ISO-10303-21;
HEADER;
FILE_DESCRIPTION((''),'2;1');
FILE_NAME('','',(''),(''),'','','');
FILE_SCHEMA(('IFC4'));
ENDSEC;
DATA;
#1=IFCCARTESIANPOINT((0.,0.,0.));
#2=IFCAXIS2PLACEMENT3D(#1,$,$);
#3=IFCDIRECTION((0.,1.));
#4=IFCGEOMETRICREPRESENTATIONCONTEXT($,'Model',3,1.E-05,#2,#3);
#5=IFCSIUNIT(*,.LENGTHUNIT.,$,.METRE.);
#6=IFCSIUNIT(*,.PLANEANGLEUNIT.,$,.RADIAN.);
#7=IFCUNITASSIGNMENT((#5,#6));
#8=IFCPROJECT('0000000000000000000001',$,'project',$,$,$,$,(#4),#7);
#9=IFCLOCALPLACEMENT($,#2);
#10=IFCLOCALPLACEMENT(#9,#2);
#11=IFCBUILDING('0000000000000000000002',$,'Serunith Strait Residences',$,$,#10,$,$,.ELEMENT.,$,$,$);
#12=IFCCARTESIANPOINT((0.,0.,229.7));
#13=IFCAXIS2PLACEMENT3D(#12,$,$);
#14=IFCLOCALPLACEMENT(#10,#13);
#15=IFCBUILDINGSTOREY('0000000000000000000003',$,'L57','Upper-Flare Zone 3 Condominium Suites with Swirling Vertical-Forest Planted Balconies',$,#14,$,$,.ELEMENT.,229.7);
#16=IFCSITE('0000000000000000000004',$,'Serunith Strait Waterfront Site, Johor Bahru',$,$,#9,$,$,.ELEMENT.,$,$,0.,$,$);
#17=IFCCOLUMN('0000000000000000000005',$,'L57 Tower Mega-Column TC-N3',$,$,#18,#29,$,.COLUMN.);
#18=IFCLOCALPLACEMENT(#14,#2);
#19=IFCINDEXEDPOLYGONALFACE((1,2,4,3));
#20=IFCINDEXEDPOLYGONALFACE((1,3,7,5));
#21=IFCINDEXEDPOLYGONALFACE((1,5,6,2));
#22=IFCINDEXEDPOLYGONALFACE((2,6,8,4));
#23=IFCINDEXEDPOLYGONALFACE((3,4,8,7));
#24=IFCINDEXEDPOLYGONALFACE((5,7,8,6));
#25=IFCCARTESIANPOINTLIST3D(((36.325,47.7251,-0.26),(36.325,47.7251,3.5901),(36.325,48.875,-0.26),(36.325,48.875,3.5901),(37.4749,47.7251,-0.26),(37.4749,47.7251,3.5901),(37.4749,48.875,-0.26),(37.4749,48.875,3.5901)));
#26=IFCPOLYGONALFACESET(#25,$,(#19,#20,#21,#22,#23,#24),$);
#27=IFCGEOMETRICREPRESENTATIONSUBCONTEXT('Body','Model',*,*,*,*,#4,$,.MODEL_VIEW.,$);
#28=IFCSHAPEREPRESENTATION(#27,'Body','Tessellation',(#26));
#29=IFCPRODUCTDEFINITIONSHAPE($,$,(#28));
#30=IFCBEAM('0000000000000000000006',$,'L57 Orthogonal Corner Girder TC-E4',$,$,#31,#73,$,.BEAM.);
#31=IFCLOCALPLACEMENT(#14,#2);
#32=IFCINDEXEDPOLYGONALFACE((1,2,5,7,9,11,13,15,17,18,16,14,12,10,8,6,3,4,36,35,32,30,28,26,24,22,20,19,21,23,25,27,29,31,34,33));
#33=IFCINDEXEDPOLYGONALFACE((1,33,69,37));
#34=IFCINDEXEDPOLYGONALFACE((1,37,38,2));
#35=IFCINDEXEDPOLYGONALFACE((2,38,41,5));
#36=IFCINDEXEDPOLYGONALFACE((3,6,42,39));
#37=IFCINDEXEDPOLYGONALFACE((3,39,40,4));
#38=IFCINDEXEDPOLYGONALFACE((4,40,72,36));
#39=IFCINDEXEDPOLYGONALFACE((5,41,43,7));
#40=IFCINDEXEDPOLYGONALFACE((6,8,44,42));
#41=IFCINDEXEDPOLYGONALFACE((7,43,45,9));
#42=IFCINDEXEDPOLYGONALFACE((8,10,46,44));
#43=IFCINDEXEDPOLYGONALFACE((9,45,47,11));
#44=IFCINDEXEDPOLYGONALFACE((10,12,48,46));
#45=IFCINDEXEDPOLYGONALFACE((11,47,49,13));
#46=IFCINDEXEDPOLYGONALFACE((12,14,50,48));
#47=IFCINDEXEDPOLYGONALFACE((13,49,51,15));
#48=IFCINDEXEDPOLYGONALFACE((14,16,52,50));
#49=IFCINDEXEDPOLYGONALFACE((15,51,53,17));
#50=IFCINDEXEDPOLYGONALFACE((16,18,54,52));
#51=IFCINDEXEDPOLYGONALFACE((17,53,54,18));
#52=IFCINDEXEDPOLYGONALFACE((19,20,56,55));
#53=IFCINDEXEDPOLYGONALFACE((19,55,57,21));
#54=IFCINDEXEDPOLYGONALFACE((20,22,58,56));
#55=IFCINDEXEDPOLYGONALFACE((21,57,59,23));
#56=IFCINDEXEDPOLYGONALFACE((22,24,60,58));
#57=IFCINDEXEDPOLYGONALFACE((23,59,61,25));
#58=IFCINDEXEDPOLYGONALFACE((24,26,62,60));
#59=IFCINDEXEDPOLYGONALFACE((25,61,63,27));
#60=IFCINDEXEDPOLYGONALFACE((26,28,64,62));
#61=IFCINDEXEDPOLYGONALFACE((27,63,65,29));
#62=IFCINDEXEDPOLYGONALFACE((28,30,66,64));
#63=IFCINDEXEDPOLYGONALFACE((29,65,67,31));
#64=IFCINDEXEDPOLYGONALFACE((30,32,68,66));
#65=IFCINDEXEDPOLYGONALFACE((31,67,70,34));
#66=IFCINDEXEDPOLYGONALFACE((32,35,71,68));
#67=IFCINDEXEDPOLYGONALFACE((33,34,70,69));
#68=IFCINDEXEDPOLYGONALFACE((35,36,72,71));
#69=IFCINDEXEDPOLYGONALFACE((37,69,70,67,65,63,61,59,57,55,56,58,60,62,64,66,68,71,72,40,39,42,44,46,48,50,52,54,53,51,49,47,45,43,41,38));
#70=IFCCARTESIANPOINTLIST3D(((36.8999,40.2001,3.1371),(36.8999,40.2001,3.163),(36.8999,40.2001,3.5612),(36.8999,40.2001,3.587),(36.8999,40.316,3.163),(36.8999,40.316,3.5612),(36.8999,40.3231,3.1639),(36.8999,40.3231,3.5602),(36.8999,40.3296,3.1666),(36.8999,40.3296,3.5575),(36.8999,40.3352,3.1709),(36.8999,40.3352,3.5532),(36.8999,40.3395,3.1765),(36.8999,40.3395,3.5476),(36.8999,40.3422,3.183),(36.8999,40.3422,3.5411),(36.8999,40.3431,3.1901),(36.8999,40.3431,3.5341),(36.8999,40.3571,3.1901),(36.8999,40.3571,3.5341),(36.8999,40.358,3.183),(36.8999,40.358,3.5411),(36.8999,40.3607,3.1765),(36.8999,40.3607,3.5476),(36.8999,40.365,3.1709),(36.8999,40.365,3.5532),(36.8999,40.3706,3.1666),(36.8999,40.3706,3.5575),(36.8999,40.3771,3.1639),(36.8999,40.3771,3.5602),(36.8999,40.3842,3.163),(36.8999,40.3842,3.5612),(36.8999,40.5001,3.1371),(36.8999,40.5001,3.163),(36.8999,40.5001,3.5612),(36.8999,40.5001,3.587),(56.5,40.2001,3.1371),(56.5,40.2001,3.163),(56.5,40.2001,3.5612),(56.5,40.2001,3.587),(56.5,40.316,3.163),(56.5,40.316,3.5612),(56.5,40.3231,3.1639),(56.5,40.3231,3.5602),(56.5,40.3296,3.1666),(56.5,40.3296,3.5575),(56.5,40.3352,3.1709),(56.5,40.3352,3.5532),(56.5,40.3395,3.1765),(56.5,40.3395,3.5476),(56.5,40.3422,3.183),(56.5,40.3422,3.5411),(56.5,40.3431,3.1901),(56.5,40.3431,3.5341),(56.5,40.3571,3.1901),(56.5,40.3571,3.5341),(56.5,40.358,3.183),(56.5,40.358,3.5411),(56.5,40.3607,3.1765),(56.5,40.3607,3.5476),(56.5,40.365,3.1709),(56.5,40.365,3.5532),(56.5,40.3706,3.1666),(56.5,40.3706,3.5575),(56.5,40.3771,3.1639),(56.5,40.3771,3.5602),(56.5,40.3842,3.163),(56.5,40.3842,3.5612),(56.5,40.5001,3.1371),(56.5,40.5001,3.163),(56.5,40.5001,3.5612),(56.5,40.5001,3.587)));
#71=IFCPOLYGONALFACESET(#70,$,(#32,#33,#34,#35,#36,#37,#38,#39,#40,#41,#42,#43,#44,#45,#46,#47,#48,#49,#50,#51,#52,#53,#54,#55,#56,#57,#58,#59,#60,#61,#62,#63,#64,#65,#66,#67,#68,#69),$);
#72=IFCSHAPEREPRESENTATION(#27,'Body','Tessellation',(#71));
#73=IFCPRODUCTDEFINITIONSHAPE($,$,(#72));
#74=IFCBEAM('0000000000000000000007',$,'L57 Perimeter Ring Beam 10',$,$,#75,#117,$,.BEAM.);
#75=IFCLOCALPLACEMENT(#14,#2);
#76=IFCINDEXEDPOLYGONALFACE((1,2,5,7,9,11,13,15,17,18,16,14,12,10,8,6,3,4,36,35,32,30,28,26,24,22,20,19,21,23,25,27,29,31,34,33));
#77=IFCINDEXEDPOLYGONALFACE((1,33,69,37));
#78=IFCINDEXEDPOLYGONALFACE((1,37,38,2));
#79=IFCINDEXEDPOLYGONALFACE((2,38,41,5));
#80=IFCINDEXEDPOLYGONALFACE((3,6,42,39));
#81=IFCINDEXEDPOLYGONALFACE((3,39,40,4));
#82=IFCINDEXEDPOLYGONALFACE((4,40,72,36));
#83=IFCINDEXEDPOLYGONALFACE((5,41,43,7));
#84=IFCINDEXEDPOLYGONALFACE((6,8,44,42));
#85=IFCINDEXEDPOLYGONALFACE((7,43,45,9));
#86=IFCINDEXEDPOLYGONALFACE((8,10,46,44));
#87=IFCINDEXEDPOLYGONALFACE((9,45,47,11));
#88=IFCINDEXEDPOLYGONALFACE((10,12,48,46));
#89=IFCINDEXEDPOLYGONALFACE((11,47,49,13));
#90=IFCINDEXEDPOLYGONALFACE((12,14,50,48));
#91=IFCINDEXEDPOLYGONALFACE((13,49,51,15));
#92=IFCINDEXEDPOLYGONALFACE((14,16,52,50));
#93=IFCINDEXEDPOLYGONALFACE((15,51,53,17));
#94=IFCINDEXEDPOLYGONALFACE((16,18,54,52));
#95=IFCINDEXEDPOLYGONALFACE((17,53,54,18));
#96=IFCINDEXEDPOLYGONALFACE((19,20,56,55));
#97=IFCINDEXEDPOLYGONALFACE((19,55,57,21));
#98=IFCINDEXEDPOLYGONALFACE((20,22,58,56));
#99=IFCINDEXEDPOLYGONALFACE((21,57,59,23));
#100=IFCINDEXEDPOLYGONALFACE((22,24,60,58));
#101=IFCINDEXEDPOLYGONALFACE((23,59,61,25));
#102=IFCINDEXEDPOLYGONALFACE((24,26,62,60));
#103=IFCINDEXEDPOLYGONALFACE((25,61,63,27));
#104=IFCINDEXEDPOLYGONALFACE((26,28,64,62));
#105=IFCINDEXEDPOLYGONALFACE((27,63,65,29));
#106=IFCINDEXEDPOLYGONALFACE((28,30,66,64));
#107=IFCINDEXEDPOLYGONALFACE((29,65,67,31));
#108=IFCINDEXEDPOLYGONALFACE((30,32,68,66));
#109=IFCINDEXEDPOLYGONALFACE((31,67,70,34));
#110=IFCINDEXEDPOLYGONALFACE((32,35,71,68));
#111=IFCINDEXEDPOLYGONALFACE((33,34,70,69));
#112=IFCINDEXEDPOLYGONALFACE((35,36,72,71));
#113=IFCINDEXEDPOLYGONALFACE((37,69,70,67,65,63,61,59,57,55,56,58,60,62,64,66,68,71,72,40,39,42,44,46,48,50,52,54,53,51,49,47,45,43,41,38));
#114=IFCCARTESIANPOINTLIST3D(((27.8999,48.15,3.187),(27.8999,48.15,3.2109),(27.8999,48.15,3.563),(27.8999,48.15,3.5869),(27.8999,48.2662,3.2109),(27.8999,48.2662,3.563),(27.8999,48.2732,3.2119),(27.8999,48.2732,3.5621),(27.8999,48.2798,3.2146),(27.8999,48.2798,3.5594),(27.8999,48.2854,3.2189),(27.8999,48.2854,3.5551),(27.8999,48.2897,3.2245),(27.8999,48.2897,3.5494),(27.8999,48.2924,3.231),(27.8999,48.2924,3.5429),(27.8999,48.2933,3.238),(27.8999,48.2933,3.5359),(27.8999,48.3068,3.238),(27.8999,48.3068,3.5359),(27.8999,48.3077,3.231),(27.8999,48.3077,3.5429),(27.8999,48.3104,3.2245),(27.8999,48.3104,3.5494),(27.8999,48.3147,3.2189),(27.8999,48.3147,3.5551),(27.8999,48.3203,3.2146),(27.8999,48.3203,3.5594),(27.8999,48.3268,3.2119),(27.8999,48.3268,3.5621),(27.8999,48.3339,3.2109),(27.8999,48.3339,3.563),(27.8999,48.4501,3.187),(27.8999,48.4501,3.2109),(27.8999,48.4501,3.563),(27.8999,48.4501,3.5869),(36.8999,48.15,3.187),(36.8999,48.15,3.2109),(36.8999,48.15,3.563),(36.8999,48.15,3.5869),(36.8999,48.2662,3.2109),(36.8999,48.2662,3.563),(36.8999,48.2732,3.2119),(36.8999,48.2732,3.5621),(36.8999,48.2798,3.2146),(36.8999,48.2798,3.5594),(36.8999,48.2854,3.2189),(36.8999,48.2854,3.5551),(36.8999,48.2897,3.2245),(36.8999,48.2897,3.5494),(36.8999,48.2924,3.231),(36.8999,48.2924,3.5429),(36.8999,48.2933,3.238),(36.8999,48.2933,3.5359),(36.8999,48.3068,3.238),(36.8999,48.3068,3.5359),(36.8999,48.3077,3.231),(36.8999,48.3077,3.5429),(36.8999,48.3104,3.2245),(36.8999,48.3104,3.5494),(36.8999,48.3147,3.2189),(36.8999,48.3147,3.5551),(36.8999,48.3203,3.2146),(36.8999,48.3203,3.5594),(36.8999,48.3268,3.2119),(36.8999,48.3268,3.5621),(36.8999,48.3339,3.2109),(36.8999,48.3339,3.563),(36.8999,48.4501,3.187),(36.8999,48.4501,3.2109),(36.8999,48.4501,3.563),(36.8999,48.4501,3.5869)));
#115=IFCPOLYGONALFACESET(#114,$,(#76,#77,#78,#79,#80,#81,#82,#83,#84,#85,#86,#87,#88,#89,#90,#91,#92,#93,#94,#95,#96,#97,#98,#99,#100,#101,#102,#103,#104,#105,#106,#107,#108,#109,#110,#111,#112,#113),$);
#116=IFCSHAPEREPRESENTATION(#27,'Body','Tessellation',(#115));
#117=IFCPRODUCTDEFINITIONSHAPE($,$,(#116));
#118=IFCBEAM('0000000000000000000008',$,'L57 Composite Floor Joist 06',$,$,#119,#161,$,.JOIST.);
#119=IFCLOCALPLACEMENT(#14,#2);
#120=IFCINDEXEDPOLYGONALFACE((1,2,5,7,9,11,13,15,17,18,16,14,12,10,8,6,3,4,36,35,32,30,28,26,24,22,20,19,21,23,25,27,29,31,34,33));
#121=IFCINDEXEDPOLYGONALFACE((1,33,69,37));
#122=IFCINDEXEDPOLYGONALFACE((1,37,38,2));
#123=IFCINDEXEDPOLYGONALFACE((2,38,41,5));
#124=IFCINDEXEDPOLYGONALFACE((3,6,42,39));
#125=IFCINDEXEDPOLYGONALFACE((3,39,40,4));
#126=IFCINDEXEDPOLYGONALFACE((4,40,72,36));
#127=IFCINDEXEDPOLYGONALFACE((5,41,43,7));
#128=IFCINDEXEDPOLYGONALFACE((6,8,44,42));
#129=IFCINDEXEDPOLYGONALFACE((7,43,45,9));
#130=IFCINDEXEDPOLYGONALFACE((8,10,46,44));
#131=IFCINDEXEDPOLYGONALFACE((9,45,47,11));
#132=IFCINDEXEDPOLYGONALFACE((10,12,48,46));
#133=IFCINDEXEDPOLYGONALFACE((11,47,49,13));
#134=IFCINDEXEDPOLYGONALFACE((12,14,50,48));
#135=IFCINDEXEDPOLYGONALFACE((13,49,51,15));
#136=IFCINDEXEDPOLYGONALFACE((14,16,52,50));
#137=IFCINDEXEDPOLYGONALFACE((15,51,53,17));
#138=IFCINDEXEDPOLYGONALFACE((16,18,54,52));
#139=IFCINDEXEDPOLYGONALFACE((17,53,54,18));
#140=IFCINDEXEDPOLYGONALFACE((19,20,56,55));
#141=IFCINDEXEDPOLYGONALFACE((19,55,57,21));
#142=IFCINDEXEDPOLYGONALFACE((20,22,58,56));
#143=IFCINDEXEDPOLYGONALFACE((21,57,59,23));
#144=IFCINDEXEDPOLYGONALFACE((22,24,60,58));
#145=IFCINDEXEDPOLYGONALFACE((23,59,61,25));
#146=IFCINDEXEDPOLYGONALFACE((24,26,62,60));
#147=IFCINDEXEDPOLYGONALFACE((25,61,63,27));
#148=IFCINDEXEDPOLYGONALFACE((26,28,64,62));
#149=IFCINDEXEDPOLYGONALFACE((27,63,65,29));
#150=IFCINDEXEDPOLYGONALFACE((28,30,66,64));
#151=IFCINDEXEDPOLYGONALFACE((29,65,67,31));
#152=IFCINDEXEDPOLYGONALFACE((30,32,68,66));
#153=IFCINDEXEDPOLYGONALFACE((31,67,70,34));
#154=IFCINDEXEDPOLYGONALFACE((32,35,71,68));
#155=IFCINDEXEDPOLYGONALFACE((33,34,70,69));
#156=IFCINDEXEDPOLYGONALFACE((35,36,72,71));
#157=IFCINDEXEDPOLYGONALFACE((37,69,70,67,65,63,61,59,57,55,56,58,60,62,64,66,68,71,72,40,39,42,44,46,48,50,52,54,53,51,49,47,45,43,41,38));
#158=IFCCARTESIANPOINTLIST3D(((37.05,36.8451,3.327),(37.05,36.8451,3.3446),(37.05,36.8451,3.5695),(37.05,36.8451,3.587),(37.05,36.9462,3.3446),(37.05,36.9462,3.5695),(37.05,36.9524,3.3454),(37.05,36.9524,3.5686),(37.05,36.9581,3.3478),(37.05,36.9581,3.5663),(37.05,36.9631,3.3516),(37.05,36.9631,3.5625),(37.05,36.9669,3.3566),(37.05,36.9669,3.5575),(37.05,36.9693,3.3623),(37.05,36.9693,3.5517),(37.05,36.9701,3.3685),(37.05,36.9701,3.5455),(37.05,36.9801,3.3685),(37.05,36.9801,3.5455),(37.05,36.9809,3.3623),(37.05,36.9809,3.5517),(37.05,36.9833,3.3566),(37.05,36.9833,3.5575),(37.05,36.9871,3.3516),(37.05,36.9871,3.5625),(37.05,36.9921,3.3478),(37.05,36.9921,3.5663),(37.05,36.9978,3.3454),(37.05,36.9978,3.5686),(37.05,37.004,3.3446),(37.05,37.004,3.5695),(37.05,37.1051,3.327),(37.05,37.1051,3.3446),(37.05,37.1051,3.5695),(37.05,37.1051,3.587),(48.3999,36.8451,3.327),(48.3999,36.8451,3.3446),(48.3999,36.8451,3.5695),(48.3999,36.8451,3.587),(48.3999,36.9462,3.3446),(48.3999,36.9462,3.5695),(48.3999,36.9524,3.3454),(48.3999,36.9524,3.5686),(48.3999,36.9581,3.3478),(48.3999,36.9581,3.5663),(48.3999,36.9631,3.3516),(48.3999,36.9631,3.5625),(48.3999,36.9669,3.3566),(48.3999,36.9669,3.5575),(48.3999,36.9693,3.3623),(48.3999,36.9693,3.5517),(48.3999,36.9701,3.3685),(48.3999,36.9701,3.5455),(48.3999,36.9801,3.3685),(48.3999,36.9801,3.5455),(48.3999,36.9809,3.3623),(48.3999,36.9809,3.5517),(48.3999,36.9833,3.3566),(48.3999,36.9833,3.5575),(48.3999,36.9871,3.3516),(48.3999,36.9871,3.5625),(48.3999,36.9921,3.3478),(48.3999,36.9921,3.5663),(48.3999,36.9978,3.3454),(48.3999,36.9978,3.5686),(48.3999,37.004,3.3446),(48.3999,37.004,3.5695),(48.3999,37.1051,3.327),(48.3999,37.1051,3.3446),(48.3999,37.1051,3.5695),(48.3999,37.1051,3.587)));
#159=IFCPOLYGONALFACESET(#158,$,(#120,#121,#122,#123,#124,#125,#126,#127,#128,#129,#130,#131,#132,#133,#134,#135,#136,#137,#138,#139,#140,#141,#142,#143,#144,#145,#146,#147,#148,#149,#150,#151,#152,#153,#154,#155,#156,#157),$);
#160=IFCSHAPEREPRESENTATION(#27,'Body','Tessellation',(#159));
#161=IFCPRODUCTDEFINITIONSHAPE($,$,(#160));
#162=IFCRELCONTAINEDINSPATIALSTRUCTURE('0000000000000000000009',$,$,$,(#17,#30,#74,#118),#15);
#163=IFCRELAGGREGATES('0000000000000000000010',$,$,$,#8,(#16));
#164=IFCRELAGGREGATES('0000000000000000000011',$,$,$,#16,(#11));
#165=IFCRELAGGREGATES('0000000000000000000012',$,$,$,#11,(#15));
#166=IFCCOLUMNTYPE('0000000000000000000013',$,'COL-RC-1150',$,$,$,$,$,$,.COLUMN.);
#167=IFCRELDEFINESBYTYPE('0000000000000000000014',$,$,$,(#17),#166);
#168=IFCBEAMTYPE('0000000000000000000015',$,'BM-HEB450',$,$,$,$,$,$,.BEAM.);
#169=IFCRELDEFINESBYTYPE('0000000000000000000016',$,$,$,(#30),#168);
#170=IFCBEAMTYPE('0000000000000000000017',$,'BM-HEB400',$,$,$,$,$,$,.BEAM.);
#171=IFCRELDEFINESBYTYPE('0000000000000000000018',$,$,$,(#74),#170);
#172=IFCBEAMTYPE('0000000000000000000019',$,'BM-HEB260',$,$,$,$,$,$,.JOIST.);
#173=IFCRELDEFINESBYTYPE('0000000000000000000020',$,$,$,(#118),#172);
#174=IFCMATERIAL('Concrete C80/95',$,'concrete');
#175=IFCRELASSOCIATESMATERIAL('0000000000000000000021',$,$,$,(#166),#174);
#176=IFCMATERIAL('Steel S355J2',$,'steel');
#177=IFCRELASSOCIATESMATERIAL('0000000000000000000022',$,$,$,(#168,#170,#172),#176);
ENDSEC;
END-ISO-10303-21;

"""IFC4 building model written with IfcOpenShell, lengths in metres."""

from ifc_helpers import new_model, si_unit, direction, frame, origin, origin_2d, place, context, subcontext, project, spatial, rectangle, i_section, extrude, source, transform, mapped, material, material_profile, profile_set, type_object, element, save


model = new_model("IFC4")

# Units and contexts
model_context = context("Model", 3, precision=1e-05, world=origin(), true_north=direction((0.0, 1.0)))
body_context = subcontext(model_context, "Body", "Model", "MODEL_VIEW")
ifc_project = project(units=[si_unit("LENGTHUNIT", "METRE"), si_unit("PLANEANGLEUNIT", "RADIAN")], contexts=[model_context])

# Site, building, storey
site_placement = place(None, origin())
site = spatial("IfcSite", under=ifc_project, at=site_placement, Name="Serunith Strait Waterfront Site, Johor Bahru", CompositionType="ELEMENT", RefElevation=0.0)
building_placement = place(site_placement, origin())
building = spatial("IfcBuilding", under=site, at=building_placement, Name="Serunith Strait Residences", CompositionType="ELEMENT")
storey_placement = place(building_placement, frame((0.0, 0.0, 229.7)))
storey = spatial("IfcBuildingStorey", under=building, at=storey_placement, Name="L57", Description="Upper-Flare Zone 3 Condominium Suites with Swirling Vertical-Forest Planted Balconies", CompositionType="ELEMENT", Elevation=229.7)

# Column
ifc_material_1 = material(Name="Concrete C80/95", Category="concrete")
ifc_material_profile_1 = material_profile(ifc_material_1, rectangle(XDim=1.1499, YDim=1.1499, at=origin_2d()), Name="RC 1150x1150")
ifc_profile_set_1 = profile_set([ifc_material_profile_1], Name="Concrete C80/95")
column_type = type_object("IfcColumnType", Name="COL-RC-1150", PredefinedType="COLUMN", material=ifc_profile_set_1)
shared_shape_1 = source(origin(), body_context, "Body", "SweptSolid", [
    extrude(rectangle(XDim=1.1499, YDim=1.1499, at=origin_2d()), origin(), (0.0, 0.0, 1.0), 3.8501),
])
column_placement = place(storey_placement, frame((36.8999, 48.3, -0.26), z_axis=(0.0, 0.0, 1.0), x_axis=(1.0, 0.0, 0.0)))
element("IfcColumn", 1, at=column_placement, inside=storey, type_object=column_type, Name="L57 Tower Mega-Column TC-N3", PredefinedType="COLUMN", context=body_context, shape_type="MappedRepresentation", body=[
    mapped(shared_shape_1, transform((0.0, 0.0, 0.0), scale=1.0)),
])

# Beams
ifc_material_2 = material(Name="Steel S355J2", Category="steel")
ifc_material_profile_2 = material_profile(ifc_material_2, i_section(OverallWidth=0.3, OverallDepth=0.45, WebThickness=0.0139, FlangeThickness=0.0259, FilletRadius=0.0271, at=origin_2d()), Name="HEB 450")
ifc_profile_set_2 = profile_set([ifc_material_profile_2], Name="Steel S355J2")
beam_type_1 = type_object("IfcBeamType", Name="BM-HEB450", PredefinedType="BEAM", material=ifc_profile_set_2)
shared_shape_2 = source(origin(), body_context, "Body", "SweptSolid", [
    extrude(i_section(OverallWidth=0.3, OverallDepth=0.45, WebThickness=0.0139, FlangeThickness=0.0259, FilletRadius=0.0271, at=origin_2d()), origin(), (0.0, 0.0, 1.0), 19.6001),
])
beam_1_placement = place(storey_placement, frame((36.8999, 40.3501, 3.3621), z_axis=(1.0, 0.0, 0.0), x_axis=(0.0, 1.0, 0.0)))
element("IfcBeam", 2, at=beam_1_placement, inside=storey, type_object=beam_type_1, Name="L57 Orthogonal Corner Girder TC-E4", PredefinedType="BEAM", context=body_context, shape_type="MappedRepresentation", body=[
    mapped(shared_shape_2, transform((0.0, 0.0, 0.0), scale=1.0)),
])
ifc_material_profile_3 = material_profile(ifc_material_2, i_section(OverallWidth=0.3, OverallDepth=0.3999, WebThickness=0.0134, FlangeThickness=0.0239, FilletRadius=0.0271, at=origin_2d()), Name="HEB 400")
ifc_profile_set_3 = profile_set([ifc_material_profile_3], Name="Steel S355J2")
beam_type_2 = type_object("IfcBeamType", Name="BM-HEB400", PredefinedType="BEAM", material=ifc_profile_set_3)
shared_shape_3 = source(origin(), body_context, "Body", "SweptSolid", [
    extrude(i_section(OverallWidth=0.3, OverallDepth=0.3999, WebThickness=0.0134, FlangeThickness=0.0239, FilletRadius=0.0271, at=origin_2d()), origin(), (0.0, 0.0, 1.0), 9.0),
])
beam_2_placement = place(storey_placement, frame((36.8999, 48.3, 3.387), z_axis=(-1.0, 0.0, 0.0), x_axis=(0.0, -1.0, 0.0)))
element("IfcBeam", 3, at=beam_2_placement, inside=storey, type_object=beam_type_2, Name="L57 Perimeter Ring Beam 10", PredefinedType="BEAM", context=body_context, shape_type="MappedRepresentation", body=[
    mapped(shared_shape_3, transform((0.0, 0.0, 0.0), scale=1.0)),
])
ifc_material_profile_4 = material_profile(ifc_material_2, i_section(OverallWidth=0.26, OverallDepth=0.26, WebThickness=0.01, FlangeThickness=0.0176, FilletRadius=0.0239, at=origin_2d()), Name="HEB 260")
ifc_profile_set_4 = profile_set([ifc_material_profile_4], Name="Steel S355J2")
beam_type_3 = type_object("IfcBeamType", Name="BM-HEB260", PredefinedType="JOIST", material=ifc_profile_set_4)
shared_shape_4 = source(origin(), body_context, "Body", "SweptSolid", [
    extrude(i_section(OverallWidth=0.26, OverallDepth=0.26, WebThickness=0.01, FlangeThickness=0.0176, FilletRadius=0.0239, at=origin_2d()), origin(), (0.0, 0.0, 1.0), 11.3499),
])
beam_3_placement = place(storey_placement, frame((37.05, 36.9751, 3.457), z_axis=(1.0, 0.0, 0.0), x_axis=(0.0, 1.0, 0.0)))
element("IfcBeam", 4, at=beam_3_placement, inside=storey, type_object=beam_type_3, Name="L57 Composite Floor Joist 06", PredefinedType="JOIST", context=body_context, shape_type="MappedRepresentation", body=[
    mapped(shared_shape_4, transform((0.0, 0.0, 0.0), scale=1.0)),
])

save(model, "model.ifc")
